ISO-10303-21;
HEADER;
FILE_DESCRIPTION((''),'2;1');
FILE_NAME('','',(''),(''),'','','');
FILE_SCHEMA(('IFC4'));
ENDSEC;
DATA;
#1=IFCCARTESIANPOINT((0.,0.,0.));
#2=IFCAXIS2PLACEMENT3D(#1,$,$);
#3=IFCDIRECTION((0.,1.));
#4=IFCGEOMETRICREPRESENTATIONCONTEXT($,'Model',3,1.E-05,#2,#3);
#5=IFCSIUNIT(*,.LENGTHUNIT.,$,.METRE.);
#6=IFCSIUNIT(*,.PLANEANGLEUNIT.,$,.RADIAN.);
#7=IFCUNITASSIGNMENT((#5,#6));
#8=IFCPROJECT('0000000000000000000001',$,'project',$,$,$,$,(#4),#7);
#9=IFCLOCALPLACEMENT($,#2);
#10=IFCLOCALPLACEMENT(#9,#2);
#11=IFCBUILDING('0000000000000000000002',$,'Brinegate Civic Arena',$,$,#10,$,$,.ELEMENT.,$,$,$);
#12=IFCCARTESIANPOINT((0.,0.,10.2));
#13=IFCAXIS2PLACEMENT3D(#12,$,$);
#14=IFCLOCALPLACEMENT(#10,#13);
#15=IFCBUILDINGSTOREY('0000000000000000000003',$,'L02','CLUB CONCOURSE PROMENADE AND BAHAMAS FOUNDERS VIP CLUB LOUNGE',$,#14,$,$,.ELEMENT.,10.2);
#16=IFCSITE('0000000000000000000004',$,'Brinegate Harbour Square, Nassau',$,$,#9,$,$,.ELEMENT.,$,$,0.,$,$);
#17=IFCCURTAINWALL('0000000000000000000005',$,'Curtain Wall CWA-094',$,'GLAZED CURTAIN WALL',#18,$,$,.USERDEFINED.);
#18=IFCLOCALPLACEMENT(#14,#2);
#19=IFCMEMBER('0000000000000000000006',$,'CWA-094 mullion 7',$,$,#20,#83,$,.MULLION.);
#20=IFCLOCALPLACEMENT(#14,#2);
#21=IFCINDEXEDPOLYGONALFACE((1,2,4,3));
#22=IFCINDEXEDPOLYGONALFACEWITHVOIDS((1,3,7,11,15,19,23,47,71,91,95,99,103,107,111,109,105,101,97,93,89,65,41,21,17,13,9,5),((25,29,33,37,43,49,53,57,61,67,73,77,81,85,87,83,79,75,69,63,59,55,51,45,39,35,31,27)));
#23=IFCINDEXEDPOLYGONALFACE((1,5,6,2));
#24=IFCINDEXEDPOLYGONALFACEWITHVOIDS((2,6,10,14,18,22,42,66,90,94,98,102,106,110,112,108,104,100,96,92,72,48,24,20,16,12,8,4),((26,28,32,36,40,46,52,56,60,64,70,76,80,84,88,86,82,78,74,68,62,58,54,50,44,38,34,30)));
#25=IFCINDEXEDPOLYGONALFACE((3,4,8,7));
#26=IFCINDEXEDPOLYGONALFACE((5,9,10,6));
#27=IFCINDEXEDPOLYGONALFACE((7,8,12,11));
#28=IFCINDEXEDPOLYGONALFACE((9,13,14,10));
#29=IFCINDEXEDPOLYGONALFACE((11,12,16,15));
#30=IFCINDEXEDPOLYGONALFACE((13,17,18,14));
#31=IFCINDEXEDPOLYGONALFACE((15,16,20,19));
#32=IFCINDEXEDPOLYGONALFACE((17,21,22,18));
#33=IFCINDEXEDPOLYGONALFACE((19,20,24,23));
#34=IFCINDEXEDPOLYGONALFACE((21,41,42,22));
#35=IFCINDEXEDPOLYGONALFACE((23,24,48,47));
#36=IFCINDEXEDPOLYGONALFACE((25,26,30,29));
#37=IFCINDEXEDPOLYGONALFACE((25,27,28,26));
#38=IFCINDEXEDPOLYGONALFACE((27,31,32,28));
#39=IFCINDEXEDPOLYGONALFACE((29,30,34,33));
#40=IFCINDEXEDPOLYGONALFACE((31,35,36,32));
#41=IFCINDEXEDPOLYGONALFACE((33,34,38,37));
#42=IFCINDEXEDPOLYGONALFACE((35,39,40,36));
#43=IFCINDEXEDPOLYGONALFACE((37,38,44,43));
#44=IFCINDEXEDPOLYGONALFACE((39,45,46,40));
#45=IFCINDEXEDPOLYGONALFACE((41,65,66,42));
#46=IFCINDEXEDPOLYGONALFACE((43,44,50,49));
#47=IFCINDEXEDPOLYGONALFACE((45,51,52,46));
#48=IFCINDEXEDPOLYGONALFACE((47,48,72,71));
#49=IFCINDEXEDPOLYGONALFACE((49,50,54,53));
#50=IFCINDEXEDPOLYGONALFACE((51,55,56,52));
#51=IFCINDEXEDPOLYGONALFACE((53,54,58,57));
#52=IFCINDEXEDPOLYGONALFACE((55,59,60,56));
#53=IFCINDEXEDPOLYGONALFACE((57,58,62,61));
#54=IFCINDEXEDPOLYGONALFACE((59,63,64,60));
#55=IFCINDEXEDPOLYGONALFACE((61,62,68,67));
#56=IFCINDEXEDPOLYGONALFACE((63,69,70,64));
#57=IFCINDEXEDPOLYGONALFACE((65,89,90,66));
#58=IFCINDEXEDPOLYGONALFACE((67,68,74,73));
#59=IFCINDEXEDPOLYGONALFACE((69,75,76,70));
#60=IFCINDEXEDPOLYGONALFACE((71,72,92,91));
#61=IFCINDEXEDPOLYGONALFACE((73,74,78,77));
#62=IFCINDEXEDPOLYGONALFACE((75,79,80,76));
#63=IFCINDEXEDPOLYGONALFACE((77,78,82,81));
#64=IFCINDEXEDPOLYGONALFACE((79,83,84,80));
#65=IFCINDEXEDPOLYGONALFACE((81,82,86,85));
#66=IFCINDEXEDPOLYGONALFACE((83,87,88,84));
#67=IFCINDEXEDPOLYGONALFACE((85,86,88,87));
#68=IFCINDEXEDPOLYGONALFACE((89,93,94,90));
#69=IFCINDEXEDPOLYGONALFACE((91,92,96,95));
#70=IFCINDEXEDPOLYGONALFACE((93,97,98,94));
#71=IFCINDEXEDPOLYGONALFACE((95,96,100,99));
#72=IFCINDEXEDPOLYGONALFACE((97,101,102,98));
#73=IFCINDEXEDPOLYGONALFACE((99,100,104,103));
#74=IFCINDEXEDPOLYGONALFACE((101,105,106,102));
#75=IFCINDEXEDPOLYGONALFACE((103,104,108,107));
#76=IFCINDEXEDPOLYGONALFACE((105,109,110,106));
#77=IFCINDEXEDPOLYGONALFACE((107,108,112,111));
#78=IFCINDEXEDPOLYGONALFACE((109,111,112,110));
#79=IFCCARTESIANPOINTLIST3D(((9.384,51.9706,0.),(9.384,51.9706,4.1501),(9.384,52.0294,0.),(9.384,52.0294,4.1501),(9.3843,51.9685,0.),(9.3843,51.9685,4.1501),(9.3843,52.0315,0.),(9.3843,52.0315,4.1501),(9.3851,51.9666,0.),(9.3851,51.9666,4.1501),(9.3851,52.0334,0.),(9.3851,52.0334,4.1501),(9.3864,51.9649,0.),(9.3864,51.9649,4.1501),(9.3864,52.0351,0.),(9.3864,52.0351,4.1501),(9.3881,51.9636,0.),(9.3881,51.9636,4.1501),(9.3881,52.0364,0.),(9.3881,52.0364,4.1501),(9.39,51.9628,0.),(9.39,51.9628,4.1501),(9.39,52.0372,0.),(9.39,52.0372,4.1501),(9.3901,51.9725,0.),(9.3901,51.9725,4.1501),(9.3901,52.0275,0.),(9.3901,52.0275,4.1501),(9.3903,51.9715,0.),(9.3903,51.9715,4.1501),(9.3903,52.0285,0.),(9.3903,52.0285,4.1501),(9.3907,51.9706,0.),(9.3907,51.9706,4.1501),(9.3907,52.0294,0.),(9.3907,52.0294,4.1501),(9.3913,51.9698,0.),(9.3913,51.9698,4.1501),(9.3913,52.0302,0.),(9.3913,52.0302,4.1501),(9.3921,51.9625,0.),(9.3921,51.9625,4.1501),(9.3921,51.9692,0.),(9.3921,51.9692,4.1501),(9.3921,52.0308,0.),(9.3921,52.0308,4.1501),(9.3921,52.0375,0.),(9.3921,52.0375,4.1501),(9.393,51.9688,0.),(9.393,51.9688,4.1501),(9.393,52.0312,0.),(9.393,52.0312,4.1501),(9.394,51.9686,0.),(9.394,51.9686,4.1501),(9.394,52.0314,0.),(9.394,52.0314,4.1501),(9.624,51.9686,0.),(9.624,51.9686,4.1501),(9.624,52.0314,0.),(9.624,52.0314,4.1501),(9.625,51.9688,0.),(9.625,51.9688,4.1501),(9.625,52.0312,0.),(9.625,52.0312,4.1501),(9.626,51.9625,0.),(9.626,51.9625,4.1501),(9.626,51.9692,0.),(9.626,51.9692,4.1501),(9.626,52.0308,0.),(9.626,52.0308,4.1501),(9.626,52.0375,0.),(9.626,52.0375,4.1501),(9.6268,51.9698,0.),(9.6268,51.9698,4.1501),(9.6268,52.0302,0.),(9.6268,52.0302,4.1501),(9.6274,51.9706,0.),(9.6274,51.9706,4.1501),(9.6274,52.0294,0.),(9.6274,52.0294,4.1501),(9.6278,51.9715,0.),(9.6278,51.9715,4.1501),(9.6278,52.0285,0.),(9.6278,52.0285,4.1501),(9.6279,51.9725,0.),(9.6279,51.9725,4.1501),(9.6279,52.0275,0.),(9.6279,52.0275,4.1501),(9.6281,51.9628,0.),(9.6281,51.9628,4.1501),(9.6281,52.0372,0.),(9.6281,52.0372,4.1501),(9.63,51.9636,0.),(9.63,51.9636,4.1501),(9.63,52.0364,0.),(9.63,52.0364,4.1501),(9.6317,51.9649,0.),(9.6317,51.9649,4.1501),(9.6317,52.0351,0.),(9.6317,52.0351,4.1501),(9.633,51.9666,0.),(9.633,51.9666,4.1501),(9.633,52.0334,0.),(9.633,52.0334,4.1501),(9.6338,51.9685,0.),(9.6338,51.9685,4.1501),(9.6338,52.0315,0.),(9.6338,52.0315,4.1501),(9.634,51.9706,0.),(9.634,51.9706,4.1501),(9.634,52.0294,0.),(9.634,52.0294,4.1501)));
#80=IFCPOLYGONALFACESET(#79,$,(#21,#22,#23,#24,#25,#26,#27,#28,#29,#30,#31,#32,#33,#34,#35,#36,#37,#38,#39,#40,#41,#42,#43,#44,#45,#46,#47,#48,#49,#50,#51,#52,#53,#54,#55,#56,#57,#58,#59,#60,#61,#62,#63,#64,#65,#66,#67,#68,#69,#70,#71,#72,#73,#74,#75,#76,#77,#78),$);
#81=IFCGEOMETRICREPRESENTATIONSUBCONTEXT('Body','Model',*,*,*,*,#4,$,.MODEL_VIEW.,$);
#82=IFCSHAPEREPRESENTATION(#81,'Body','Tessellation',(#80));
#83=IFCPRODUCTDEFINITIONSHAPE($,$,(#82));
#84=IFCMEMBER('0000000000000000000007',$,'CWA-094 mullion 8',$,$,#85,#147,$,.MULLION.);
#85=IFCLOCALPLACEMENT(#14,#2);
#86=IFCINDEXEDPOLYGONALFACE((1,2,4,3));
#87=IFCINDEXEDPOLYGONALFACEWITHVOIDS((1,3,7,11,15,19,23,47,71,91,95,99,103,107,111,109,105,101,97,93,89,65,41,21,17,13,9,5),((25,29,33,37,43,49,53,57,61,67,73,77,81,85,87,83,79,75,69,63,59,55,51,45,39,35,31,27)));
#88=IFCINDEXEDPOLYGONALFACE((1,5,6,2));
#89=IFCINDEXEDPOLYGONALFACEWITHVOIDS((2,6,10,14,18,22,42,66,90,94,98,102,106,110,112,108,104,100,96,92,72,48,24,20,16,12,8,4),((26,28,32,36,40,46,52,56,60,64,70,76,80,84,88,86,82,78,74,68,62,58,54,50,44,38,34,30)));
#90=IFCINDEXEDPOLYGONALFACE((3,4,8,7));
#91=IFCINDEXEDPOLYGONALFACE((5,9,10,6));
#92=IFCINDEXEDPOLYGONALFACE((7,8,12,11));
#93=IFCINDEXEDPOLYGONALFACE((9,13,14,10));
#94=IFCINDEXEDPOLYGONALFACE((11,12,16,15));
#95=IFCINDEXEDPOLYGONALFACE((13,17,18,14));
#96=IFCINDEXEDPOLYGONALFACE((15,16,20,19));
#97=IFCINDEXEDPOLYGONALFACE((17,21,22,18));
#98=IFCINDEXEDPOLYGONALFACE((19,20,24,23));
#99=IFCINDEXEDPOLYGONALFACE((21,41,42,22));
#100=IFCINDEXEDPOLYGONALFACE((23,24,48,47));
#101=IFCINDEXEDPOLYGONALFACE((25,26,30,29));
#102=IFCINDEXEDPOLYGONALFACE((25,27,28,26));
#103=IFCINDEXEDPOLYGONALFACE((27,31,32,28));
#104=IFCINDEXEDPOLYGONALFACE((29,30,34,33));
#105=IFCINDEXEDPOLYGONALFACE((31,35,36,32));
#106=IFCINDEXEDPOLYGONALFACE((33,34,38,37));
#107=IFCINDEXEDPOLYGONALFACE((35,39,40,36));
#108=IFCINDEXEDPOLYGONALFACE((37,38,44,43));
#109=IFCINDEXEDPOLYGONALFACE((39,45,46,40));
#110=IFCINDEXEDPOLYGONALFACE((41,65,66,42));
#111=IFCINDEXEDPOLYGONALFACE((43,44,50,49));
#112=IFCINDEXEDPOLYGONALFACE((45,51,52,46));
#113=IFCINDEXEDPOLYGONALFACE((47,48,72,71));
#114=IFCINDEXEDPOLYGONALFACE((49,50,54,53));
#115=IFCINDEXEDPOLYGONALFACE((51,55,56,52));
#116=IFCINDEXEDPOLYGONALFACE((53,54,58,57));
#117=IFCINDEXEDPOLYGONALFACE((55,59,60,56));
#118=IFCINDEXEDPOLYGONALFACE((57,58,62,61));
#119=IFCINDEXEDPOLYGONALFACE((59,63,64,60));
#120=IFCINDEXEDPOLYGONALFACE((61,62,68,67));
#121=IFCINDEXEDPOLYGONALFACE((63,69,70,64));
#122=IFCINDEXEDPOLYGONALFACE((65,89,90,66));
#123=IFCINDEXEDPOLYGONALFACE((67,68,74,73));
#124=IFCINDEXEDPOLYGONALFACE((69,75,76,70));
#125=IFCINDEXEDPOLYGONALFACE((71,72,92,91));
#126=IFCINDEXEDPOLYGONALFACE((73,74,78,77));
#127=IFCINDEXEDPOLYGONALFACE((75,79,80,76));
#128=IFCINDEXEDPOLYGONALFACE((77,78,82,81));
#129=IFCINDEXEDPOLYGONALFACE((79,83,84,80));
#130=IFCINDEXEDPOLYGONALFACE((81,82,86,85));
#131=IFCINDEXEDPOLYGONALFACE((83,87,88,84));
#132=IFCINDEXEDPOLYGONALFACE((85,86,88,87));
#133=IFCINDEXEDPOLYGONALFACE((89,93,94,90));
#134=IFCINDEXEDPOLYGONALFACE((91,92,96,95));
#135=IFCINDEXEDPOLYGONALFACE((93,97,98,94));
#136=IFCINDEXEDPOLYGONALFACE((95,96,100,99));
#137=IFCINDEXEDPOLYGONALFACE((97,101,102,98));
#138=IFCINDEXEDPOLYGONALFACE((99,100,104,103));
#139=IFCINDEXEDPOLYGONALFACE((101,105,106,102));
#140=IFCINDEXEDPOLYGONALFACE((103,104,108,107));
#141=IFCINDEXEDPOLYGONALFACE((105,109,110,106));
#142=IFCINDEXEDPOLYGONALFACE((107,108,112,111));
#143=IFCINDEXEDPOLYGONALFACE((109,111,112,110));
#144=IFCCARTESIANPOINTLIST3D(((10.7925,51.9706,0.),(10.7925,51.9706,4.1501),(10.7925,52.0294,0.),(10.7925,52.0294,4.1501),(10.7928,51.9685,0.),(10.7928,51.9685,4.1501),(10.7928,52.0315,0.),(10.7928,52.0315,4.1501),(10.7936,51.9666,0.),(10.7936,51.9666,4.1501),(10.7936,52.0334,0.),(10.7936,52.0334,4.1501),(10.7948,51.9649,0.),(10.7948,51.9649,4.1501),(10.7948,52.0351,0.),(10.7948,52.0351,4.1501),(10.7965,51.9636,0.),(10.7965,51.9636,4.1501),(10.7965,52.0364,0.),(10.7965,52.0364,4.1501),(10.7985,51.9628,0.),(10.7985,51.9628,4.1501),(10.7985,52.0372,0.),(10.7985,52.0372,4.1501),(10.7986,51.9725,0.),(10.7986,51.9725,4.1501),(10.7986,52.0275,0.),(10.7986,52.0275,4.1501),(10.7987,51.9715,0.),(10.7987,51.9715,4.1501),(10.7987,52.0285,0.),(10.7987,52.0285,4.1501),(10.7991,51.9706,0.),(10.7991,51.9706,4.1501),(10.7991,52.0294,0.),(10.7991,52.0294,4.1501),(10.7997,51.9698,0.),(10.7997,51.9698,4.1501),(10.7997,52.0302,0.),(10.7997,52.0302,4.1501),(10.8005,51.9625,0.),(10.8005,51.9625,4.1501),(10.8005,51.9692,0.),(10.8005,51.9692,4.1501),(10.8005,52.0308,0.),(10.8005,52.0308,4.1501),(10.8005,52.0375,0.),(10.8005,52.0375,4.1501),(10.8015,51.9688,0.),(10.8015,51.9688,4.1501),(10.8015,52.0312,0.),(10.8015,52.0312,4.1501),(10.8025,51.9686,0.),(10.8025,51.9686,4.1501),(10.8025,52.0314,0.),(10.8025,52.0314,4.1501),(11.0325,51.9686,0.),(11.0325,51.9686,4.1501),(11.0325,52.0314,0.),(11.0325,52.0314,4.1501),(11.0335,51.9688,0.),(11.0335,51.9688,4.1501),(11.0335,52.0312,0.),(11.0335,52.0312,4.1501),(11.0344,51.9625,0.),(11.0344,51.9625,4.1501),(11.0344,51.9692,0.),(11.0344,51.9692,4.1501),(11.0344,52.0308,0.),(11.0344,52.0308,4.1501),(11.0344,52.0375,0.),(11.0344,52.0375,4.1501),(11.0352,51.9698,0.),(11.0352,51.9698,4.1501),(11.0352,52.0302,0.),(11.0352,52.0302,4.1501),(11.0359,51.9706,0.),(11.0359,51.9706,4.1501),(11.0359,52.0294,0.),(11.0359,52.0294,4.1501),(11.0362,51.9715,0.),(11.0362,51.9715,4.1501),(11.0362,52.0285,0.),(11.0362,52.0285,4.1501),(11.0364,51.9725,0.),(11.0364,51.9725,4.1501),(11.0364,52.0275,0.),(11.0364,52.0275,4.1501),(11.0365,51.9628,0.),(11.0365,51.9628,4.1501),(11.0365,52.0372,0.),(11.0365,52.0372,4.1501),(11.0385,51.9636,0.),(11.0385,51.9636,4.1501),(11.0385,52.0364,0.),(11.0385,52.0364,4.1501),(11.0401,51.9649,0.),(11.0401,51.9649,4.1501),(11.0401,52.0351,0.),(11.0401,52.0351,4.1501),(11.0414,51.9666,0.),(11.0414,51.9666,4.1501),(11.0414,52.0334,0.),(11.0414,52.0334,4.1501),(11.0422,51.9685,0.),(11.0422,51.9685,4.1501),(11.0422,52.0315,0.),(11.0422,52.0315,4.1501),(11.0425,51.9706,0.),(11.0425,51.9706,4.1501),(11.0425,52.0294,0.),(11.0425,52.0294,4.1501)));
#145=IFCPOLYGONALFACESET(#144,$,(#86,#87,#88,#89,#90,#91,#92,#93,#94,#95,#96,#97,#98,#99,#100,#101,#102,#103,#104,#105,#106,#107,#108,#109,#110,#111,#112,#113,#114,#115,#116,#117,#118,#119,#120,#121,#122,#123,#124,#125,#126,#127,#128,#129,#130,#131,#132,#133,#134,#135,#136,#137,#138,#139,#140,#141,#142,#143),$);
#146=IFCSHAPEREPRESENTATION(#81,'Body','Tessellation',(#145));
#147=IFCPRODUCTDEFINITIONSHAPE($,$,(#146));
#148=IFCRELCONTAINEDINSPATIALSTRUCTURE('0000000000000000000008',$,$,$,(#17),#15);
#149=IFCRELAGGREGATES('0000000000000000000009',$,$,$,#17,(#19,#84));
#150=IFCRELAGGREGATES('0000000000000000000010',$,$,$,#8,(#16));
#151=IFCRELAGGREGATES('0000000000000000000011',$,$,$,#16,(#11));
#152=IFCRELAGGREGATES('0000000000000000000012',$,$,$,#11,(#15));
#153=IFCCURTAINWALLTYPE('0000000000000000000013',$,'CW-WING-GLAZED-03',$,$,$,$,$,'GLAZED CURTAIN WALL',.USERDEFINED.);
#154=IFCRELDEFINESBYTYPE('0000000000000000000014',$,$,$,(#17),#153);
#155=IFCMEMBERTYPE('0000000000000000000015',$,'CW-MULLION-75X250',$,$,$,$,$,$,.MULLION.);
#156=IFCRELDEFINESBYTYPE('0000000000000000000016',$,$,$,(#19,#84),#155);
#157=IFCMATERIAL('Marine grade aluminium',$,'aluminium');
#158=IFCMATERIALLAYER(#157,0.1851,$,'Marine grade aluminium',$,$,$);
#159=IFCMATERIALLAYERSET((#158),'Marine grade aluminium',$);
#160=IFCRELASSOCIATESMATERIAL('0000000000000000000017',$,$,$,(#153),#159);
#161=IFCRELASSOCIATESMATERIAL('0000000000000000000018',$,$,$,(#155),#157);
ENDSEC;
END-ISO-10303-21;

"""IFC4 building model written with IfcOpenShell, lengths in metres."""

from ifc_helpers import new_model, si_unit, direction, frame, origin, origin_2d, place, context, subcontext, project, spatial, hollow_rectangle, extrude, material, layer, layer_set, material_profile, profile_set, type_object, element, aggregate, save


model = new_model("IFC4")

# Units and contexts
model_context = context("Model", 3, precision=1e-05, world=origin(), true_north=direction((0.0, 1.0)))
body_context = subcontext(model_context, "Body", "Model", "MODEL_VIEW")
ifc_project = project(units=[si_unit("LENGTHUNIT", "METRE"), si_unit("PLANEANGLEUNIT", "RADIAN")], contexts=[model_context])

# Site, building, storey
site_placement = place(None, origin())
site = spatial("IfcSite", under=ifc_project, at=site_placement, Name="Brinegate Harbour Square, Nassau", CompositionType="ELEMENT", RefElevation=0.0)
building_placement = place(site_placement, origin())
building = spatial("IfcBuilding", under=site, at=building_placement, Name="Brinegate Civic Arena", CompositionType="ELEMENT")
storey_placement = place(building_placement, frame((0.0, 0.0, 10.2)))
storey = spatial("IfcBuildingStorey", under=building, at=storey_placement, Name="L02", Description="CLUB CONCOURSE PROMENADE AND BAHAMAS FOUNDERS VIP CLUB LOUNGE", CompositionType="ELEMENT", Elevation=10.2)

# Curtain wall, members
ifc_material_1 = material(Name="Marine grade aluminium", Category="aluminium")
ifc_layer_1 = layer(ifc_material_1, 0.1851, Name="Marine grade aluminium")
ifc_layer_set_1 = layer_set([ifc_layer_1], Name="Marine grade aluminium")
curtain_wall_type = type_object("IfcCurtainWallType", Name="CW-WING-GLAZED-03", ElementType="GLAZED CURTAIN WALL", PredefinedType="USERDEFINED", material=ifc_layer_set_1)
curtain_wall_placement = place(storey_placement, origin())
curtain_wall = element("IfcCurtainWall", 1, at=curtain_wall_placement, inside=storey, type_object=curtain_wall_type, Name="Curtain Wall CWA-094", ObjectType="GLAZED CURTAIN WALL", PredefinedType="USERDEFINED")
ifc_material_profile_1 = material_profile(ifc_material_1, hollow_rectangle(XDim=0.075, YDim=0.25, WallThickness=0.0061, InnerFilletRadius=0.0039, OuterFilletRadius=0.0081, at=origin_2d()), Name="MUL75X250")
ifc_profile_set_1 = profile_set([ifc_material_profile_1], Name="Marine grade aluminium")
member_type_1 = type_object("IfcMemberType", Name="CW-MULLION-75X250", PredefinedType="MULLION", material=ifc_profile_set_1)
member_1_placement = place(storey_placement, frame((9.509, 52.0, 0.0), z_axis=(0.0, 0.0, 1.0), x_axis=(0.0, 1.0, 0.0)))
member_1 = element("IfcMember", 2, at=member_1_placement, type_object=member_type_1, Name="CWA-094 mullion 7", PredefinedType="MULLION", context=body_context, shape_type="SweptSolid", body=[
    extrude(hollow_rectangle(XDim=0.075, YDim=0.25, WallThickness=0.0061, InnerFilletRadius=0.0039, OuterFilletRadius=0.0081, at=origin_2d()), origin(), (0.0, 0.0, 1.0), 4.1501),
])
member_2_placement = place(storey_placement, frame((10.9175, 52.0, 0.0), z_axis=(0.0, 0.0, 1.0), x_axis=(0.0, 1.0, 0.0)))
member_2 = element("IfcMember", 3, at=member_2_placement, type_object=member_type_1, Name="CWA-094 mullion 8", PredefinedType="MULLION", context=body_context, shape_type="SweptSolid", body=[
    extrude(hollow_rectangle(XDim=0.075, YDim=0.25, WallThickness=0.0061, InnerFilletRadius=0.0039, OuterFilletRadius=0.0081, at=origin_2d()), origin(), (0.0, 0.0, 1.0), 4.1501),
])

aggregate(curtain_wall, [member_1, member_2])

save(model, "model.ifc")
